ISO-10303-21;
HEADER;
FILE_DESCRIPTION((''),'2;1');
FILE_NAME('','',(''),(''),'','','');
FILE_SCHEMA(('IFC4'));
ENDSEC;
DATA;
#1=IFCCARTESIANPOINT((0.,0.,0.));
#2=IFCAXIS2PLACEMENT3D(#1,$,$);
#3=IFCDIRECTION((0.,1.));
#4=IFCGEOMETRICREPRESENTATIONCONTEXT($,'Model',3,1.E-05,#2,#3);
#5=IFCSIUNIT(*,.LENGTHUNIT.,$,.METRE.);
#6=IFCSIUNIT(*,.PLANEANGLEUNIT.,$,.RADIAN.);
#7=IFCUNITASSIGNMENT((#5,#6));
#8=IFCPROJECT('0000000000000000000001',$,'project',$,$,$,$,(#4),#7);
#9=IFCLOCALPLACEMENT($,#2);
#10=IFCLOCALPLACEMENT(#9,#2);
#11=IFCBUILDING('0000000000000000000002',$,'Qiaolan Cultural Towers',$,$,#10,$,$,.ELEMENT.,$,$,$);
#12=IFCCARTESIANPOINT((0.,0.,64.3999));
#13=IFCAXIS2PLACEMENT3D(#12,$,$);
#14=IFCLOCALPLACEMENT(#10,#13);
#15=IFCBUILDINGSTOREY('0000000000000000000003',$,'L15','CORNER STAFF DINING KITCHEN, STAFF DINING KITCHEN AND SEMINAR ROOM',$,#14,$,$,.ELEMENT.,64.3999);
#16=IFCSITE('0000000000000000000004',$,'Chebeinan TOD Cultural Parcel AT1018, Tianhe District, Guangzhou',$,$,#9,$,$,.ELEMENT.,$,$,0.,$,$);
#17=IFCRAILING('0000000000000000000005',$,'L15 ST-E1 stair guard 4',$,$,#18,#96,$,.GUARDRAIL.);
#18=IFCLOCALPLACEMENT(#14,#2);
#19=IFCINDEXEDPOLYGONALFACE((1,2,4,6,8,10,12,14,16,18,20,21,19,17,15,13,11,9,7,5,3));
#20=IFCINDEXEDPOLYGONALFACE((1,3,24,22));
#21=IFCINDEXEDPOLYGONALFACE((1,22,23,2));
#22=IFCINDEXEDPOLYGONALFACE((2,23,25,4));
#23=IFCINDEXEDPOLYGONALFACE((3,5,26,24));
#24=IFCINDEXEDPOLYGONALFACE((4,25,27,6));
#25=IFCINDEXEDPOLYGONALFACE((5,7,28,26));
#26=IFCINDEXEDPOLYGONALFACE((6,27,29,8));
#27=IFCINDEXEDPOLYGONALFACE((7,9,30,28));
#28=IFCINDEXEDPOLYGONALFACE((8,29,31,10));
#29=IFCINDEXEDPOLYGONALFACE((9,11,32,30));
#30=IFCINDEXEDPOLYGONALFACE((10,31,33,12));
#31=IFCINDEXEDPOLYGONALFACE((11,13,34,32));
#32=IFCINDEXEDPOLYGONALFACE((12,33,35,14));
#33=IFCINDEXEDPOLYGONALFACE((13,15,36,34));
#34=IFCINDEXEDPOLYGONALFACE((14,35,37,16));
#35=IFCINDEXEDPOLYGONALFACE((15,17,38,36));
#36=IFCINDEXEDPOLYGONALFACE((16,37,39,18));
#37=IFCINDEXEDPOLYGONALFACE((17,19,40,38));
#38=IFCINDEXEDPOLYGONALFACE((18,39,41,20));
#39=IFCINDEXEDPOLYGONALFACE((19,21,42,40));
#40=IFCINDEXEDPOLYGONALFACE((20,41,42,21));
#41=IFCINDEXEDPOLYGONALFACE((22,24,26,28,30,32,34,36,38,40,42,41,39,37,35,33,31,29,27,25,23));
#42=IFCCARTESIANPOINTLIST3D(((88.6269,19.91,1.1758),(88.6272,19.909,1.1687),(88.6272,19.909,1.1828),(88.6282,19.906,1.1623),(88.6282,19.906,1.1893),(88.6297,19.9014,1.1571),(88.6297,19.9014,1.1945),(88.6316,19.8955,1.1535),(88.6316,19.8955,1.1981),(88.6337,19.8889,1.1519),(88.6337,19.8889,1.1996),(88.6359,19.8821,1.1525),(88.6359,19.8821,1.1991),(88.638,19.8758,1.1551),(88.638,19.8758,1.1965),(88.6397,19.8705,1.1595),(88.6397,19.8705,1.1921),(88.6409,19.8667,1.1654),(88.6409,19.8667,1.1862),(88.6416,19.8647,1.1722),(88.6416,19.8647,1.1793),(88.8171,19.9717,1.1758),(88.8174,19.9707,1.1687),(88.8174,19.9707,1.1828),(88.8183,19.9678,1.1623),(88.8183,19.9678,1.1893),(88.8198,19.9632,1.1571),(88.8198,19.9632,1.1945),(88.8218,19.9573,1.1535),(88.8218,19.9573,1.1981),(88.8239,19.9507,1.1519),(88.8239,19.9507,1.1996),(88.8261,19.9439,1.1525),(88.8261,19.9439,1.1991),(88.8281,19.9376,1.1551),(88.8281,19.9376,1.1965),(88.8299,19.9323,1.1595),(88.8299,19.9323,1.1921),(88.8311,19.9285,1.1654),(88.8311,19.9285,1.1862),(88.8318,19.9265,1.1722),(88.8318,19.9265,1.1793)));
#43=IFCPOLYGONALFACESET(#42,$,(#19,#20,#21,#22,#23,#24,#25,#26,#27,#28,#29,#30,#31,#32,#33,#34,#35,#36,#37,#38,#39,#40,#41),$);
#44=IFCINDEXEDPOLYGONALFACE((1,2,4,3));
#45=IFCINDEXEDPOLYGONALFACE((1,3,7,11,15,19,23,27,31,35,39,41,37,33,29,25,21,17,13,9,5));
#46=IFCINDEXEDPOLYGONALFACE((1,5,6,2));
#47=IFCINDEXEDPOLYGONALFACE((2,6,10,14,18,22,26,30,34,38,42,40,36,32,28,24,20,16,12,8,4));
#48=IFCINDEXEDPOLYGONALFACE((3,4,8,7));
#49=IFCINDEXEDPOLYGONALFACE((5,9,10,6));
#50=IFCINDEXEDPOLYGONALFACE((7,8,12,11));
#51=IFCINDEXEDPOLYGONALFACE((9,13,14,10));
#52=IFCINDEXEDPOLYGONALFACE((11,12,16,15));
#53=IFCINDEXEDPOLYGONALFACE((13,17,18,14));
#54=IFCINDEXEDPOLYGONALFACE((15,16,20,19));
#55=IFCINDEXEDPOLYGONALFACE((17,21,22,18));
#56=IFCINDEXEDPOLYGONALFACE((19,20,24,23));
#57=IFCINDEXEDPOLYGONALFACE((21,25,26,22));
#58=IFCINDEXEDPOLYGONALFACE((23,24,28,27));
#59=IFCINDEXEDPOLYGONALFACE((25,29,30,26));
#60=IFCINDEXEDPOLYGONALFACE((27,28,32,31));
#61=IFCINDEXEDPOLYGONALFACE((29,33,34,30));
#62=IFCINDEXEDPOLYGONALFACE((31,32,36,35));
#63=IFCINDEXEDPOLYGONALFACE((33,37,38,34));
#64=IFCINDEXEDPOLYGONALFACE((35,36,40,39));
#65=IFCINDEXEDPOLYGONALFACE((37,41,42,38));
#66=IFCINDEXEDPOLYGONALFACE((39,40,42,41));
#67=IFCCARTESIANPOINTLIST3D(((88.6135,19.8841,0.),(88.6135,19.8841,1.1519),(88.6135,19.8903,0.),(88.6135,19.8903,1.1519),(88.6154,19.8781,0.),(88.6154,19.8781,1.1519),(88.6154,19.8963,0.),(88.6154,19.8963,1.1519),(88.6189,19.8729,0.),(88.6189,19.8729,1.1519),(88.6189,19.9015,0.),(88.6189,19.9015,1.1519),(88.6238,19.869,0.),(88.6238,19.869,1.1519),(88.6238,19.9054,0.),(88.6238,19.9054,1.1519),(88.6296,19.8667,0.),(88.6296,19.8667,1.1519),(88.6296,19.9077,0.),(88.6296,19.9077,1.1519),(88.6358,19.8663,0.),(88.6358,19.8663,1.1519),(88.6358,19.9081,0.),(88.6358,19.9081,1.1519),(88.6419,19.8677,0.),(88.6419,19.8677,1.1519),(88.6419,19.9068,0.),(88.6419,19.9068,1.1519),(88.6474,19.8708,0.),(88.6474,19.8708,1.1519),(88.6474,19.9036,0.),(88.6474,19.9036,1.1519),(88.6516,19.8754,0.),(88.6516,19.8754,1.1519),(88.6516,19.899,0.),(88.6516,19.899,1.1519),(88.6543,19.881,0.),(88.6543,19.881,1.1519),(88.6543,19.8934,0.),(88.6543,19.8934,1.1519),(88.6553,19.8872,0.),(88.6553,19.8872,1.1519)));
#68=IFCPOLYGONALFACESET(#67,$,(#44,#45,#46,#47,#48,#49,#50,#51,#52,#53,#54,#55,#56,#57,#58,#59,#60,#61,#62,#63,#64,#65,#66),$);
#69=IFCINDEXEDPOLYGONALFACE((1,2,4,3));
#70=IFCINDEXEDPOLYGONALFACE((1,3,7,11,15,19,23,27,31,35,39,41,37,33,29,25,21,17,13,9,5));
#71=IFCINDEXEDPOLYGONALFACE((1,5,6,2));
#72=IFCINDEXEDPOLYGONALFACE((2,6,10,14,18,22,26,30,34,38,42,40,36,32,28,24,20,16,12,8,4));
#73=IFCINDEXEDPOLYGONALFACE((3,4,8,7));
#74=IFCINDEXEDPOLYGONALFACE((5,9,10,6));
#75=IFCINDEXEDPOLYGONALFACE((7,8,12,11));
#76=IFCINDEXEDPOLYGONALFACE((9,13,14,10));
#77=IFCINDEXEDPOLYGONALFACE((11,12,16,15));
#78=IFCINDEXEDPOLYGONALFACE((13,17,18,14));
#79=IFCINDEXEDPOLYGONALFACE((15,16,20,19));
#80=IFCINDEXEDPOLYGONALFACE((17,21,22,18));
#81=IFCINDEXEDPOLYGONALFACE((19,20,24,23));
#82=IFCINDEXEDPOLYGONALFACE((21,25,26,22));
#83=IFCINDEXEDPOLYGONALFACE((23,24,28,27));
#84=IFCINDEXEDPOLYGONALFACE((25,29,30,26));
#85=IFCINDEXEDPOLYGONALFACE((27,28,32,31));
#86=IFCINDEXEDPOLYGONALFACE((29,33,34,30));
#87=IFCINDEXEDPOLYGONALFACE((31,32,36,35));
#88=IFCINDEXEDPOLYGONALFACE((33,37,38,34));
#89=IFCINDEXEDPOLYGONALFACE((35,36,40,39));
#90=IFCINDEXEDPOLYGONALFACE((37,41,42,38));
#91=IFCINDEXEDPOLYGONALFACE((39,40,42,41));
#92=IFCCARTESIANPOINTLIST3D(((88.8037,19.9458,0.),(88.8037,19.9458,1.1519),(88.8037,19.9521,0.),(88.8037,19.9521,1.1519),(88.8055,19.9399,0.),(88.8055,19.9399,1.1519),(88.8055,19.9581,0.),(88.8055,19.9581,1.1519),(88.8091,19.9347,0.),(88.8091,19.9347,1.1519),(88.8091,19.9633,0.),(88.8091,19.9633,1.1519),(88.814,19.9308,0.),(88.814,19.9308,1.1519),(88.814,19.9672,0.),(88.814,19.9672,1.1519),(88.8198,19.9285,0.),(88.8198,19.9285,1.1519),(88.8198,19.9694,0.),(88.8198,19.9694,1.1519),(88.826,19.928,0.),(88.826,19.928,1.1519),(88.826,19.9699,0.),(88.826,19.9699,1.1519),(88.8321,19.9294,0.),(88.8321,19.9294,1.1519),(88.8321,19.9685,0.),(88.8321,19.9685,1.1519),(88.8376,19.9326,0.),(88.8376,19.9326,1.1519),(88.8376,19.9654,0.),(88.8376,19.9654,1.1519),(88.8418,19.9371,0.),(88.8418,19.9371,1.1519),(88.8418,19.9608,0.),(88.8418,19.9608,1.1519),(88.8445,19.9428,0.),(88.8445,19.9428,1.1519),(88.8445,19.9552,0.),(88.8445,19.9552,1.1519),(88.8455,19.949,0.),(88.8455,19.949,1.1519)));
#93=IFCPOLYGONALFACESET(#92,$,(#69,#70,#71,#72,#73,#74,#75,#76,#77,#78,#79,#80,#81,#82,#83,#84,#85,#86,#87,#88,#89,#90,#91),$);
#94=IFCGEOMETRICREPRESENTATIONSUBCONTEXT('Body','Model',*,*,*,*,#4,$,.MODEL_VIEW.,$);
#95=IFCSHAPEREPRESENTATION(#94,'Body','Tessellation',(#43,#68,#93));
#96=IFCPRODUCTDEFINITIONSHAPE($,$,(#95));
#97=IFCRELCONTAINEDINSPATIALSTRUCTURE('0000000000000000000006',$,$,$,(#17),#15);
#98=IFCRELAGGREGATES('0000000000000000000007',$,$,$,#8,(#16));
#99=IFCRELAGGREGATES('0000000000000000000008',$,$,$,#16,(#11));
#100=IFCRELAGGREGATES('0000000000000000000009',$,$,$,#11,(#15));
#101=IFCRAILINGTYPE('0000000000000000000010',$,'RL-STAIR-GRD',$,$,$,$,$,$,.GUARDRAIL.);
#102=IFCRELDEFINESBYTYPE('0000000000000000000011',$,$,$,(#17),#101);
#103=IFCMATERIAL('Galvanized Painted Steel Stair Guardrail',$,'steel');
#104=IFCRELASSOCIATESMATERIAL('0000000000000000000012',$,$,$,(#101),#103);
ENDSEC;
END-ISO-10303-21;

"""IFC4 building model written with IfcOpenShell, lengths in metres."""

from ifc_helpers import new_model, si_unit, direction, frame, origin, origin_2d, place, context, subcontext, project, spatial, circle, extrude, material, type_object, element, save


model = new_model("IFC4")

# Units and contexts
model_context = context("Model", 3, precision=1e-05, world=origin(), true_north=direction((0.0, 1.0)))
body_context = subcontext(model_context, "Body", "Model", "MODEL_VIEW")
ifc_project = project(units=[si_unit("LENGTHUNIT", "METRE"), si_unit("PLANEANGLEUNIT", "RADIAN")], contexts=[model_context])

# Site, building, storey
site_placement = place(None, origin())
site = spatial("IfcSite", under=ifc_project, at=site_placement, Name="Chebeinan TOD Cultural Parcel AT1018, Tianhe District, Guangzhou", CompositionType="ELEMENT", RefElevation=0.0)
building_placement = place(site_placement, origin())
building = spatial("IfcBuilding", under=site, at=building_placement, Name="Qiaolan Cultural Towers", CompositionType="ELEMENT")
storey_placement = place(building_placement, frame((0.0, 0.0, 64.3999)))
storey = spatial("IfcBuildingStorey", under=building, at=storey_placement, Name="L15", Description="CORNER STAFF DINING KITCHEN, STAFF DINING KITCHEN AND SEMINAR ROOM", CompositionType="ELEMENT", Elevation=64.3999)

# Railing
ifc_material_1 = material(Name="Galvanized Painted Steel Stair Guardrail", Category="steel")
railing_type_1 = type_object("IfcRailingType", Name="RL-STAIR-GRD", PredefinedType="GUARDRAIL", material=ifc_material_1)
railing_1_placement = place(storey_placement, frame((88.6343, 19.8872, 0.0)))
element("IfcRailing", 1, at=railing_1_placement, inside=storey, type_object=railing_type_1, Name="L15 ST-E1 stair guard 4", PredefinedType="GUARDRAIL", context=body_context, shape_type="SweptSolid", body=[
    extrude(circle(Radius=0.0239, at=origin_2d()), frame((0.0, 0.0, 1.1758), z_axis=(0.951097, 0.308893, 0.0), x_axis=(-0.308893, 0.951097, 0.0)), (0.0, 0.0, 1.0), 0.2),
    extrude(circle(Radius=0.021, at=origin_2d()), origin(), (0.0, 0.0, 1.0), 1.1519),
    extrude(circle(Radius=0.021, at=origin_2d()), frame((0.1902, 0.0618, 0.0)), (0.0, 0.0, 1.0), 1.1519),
])

save(model, "model.ifc")
